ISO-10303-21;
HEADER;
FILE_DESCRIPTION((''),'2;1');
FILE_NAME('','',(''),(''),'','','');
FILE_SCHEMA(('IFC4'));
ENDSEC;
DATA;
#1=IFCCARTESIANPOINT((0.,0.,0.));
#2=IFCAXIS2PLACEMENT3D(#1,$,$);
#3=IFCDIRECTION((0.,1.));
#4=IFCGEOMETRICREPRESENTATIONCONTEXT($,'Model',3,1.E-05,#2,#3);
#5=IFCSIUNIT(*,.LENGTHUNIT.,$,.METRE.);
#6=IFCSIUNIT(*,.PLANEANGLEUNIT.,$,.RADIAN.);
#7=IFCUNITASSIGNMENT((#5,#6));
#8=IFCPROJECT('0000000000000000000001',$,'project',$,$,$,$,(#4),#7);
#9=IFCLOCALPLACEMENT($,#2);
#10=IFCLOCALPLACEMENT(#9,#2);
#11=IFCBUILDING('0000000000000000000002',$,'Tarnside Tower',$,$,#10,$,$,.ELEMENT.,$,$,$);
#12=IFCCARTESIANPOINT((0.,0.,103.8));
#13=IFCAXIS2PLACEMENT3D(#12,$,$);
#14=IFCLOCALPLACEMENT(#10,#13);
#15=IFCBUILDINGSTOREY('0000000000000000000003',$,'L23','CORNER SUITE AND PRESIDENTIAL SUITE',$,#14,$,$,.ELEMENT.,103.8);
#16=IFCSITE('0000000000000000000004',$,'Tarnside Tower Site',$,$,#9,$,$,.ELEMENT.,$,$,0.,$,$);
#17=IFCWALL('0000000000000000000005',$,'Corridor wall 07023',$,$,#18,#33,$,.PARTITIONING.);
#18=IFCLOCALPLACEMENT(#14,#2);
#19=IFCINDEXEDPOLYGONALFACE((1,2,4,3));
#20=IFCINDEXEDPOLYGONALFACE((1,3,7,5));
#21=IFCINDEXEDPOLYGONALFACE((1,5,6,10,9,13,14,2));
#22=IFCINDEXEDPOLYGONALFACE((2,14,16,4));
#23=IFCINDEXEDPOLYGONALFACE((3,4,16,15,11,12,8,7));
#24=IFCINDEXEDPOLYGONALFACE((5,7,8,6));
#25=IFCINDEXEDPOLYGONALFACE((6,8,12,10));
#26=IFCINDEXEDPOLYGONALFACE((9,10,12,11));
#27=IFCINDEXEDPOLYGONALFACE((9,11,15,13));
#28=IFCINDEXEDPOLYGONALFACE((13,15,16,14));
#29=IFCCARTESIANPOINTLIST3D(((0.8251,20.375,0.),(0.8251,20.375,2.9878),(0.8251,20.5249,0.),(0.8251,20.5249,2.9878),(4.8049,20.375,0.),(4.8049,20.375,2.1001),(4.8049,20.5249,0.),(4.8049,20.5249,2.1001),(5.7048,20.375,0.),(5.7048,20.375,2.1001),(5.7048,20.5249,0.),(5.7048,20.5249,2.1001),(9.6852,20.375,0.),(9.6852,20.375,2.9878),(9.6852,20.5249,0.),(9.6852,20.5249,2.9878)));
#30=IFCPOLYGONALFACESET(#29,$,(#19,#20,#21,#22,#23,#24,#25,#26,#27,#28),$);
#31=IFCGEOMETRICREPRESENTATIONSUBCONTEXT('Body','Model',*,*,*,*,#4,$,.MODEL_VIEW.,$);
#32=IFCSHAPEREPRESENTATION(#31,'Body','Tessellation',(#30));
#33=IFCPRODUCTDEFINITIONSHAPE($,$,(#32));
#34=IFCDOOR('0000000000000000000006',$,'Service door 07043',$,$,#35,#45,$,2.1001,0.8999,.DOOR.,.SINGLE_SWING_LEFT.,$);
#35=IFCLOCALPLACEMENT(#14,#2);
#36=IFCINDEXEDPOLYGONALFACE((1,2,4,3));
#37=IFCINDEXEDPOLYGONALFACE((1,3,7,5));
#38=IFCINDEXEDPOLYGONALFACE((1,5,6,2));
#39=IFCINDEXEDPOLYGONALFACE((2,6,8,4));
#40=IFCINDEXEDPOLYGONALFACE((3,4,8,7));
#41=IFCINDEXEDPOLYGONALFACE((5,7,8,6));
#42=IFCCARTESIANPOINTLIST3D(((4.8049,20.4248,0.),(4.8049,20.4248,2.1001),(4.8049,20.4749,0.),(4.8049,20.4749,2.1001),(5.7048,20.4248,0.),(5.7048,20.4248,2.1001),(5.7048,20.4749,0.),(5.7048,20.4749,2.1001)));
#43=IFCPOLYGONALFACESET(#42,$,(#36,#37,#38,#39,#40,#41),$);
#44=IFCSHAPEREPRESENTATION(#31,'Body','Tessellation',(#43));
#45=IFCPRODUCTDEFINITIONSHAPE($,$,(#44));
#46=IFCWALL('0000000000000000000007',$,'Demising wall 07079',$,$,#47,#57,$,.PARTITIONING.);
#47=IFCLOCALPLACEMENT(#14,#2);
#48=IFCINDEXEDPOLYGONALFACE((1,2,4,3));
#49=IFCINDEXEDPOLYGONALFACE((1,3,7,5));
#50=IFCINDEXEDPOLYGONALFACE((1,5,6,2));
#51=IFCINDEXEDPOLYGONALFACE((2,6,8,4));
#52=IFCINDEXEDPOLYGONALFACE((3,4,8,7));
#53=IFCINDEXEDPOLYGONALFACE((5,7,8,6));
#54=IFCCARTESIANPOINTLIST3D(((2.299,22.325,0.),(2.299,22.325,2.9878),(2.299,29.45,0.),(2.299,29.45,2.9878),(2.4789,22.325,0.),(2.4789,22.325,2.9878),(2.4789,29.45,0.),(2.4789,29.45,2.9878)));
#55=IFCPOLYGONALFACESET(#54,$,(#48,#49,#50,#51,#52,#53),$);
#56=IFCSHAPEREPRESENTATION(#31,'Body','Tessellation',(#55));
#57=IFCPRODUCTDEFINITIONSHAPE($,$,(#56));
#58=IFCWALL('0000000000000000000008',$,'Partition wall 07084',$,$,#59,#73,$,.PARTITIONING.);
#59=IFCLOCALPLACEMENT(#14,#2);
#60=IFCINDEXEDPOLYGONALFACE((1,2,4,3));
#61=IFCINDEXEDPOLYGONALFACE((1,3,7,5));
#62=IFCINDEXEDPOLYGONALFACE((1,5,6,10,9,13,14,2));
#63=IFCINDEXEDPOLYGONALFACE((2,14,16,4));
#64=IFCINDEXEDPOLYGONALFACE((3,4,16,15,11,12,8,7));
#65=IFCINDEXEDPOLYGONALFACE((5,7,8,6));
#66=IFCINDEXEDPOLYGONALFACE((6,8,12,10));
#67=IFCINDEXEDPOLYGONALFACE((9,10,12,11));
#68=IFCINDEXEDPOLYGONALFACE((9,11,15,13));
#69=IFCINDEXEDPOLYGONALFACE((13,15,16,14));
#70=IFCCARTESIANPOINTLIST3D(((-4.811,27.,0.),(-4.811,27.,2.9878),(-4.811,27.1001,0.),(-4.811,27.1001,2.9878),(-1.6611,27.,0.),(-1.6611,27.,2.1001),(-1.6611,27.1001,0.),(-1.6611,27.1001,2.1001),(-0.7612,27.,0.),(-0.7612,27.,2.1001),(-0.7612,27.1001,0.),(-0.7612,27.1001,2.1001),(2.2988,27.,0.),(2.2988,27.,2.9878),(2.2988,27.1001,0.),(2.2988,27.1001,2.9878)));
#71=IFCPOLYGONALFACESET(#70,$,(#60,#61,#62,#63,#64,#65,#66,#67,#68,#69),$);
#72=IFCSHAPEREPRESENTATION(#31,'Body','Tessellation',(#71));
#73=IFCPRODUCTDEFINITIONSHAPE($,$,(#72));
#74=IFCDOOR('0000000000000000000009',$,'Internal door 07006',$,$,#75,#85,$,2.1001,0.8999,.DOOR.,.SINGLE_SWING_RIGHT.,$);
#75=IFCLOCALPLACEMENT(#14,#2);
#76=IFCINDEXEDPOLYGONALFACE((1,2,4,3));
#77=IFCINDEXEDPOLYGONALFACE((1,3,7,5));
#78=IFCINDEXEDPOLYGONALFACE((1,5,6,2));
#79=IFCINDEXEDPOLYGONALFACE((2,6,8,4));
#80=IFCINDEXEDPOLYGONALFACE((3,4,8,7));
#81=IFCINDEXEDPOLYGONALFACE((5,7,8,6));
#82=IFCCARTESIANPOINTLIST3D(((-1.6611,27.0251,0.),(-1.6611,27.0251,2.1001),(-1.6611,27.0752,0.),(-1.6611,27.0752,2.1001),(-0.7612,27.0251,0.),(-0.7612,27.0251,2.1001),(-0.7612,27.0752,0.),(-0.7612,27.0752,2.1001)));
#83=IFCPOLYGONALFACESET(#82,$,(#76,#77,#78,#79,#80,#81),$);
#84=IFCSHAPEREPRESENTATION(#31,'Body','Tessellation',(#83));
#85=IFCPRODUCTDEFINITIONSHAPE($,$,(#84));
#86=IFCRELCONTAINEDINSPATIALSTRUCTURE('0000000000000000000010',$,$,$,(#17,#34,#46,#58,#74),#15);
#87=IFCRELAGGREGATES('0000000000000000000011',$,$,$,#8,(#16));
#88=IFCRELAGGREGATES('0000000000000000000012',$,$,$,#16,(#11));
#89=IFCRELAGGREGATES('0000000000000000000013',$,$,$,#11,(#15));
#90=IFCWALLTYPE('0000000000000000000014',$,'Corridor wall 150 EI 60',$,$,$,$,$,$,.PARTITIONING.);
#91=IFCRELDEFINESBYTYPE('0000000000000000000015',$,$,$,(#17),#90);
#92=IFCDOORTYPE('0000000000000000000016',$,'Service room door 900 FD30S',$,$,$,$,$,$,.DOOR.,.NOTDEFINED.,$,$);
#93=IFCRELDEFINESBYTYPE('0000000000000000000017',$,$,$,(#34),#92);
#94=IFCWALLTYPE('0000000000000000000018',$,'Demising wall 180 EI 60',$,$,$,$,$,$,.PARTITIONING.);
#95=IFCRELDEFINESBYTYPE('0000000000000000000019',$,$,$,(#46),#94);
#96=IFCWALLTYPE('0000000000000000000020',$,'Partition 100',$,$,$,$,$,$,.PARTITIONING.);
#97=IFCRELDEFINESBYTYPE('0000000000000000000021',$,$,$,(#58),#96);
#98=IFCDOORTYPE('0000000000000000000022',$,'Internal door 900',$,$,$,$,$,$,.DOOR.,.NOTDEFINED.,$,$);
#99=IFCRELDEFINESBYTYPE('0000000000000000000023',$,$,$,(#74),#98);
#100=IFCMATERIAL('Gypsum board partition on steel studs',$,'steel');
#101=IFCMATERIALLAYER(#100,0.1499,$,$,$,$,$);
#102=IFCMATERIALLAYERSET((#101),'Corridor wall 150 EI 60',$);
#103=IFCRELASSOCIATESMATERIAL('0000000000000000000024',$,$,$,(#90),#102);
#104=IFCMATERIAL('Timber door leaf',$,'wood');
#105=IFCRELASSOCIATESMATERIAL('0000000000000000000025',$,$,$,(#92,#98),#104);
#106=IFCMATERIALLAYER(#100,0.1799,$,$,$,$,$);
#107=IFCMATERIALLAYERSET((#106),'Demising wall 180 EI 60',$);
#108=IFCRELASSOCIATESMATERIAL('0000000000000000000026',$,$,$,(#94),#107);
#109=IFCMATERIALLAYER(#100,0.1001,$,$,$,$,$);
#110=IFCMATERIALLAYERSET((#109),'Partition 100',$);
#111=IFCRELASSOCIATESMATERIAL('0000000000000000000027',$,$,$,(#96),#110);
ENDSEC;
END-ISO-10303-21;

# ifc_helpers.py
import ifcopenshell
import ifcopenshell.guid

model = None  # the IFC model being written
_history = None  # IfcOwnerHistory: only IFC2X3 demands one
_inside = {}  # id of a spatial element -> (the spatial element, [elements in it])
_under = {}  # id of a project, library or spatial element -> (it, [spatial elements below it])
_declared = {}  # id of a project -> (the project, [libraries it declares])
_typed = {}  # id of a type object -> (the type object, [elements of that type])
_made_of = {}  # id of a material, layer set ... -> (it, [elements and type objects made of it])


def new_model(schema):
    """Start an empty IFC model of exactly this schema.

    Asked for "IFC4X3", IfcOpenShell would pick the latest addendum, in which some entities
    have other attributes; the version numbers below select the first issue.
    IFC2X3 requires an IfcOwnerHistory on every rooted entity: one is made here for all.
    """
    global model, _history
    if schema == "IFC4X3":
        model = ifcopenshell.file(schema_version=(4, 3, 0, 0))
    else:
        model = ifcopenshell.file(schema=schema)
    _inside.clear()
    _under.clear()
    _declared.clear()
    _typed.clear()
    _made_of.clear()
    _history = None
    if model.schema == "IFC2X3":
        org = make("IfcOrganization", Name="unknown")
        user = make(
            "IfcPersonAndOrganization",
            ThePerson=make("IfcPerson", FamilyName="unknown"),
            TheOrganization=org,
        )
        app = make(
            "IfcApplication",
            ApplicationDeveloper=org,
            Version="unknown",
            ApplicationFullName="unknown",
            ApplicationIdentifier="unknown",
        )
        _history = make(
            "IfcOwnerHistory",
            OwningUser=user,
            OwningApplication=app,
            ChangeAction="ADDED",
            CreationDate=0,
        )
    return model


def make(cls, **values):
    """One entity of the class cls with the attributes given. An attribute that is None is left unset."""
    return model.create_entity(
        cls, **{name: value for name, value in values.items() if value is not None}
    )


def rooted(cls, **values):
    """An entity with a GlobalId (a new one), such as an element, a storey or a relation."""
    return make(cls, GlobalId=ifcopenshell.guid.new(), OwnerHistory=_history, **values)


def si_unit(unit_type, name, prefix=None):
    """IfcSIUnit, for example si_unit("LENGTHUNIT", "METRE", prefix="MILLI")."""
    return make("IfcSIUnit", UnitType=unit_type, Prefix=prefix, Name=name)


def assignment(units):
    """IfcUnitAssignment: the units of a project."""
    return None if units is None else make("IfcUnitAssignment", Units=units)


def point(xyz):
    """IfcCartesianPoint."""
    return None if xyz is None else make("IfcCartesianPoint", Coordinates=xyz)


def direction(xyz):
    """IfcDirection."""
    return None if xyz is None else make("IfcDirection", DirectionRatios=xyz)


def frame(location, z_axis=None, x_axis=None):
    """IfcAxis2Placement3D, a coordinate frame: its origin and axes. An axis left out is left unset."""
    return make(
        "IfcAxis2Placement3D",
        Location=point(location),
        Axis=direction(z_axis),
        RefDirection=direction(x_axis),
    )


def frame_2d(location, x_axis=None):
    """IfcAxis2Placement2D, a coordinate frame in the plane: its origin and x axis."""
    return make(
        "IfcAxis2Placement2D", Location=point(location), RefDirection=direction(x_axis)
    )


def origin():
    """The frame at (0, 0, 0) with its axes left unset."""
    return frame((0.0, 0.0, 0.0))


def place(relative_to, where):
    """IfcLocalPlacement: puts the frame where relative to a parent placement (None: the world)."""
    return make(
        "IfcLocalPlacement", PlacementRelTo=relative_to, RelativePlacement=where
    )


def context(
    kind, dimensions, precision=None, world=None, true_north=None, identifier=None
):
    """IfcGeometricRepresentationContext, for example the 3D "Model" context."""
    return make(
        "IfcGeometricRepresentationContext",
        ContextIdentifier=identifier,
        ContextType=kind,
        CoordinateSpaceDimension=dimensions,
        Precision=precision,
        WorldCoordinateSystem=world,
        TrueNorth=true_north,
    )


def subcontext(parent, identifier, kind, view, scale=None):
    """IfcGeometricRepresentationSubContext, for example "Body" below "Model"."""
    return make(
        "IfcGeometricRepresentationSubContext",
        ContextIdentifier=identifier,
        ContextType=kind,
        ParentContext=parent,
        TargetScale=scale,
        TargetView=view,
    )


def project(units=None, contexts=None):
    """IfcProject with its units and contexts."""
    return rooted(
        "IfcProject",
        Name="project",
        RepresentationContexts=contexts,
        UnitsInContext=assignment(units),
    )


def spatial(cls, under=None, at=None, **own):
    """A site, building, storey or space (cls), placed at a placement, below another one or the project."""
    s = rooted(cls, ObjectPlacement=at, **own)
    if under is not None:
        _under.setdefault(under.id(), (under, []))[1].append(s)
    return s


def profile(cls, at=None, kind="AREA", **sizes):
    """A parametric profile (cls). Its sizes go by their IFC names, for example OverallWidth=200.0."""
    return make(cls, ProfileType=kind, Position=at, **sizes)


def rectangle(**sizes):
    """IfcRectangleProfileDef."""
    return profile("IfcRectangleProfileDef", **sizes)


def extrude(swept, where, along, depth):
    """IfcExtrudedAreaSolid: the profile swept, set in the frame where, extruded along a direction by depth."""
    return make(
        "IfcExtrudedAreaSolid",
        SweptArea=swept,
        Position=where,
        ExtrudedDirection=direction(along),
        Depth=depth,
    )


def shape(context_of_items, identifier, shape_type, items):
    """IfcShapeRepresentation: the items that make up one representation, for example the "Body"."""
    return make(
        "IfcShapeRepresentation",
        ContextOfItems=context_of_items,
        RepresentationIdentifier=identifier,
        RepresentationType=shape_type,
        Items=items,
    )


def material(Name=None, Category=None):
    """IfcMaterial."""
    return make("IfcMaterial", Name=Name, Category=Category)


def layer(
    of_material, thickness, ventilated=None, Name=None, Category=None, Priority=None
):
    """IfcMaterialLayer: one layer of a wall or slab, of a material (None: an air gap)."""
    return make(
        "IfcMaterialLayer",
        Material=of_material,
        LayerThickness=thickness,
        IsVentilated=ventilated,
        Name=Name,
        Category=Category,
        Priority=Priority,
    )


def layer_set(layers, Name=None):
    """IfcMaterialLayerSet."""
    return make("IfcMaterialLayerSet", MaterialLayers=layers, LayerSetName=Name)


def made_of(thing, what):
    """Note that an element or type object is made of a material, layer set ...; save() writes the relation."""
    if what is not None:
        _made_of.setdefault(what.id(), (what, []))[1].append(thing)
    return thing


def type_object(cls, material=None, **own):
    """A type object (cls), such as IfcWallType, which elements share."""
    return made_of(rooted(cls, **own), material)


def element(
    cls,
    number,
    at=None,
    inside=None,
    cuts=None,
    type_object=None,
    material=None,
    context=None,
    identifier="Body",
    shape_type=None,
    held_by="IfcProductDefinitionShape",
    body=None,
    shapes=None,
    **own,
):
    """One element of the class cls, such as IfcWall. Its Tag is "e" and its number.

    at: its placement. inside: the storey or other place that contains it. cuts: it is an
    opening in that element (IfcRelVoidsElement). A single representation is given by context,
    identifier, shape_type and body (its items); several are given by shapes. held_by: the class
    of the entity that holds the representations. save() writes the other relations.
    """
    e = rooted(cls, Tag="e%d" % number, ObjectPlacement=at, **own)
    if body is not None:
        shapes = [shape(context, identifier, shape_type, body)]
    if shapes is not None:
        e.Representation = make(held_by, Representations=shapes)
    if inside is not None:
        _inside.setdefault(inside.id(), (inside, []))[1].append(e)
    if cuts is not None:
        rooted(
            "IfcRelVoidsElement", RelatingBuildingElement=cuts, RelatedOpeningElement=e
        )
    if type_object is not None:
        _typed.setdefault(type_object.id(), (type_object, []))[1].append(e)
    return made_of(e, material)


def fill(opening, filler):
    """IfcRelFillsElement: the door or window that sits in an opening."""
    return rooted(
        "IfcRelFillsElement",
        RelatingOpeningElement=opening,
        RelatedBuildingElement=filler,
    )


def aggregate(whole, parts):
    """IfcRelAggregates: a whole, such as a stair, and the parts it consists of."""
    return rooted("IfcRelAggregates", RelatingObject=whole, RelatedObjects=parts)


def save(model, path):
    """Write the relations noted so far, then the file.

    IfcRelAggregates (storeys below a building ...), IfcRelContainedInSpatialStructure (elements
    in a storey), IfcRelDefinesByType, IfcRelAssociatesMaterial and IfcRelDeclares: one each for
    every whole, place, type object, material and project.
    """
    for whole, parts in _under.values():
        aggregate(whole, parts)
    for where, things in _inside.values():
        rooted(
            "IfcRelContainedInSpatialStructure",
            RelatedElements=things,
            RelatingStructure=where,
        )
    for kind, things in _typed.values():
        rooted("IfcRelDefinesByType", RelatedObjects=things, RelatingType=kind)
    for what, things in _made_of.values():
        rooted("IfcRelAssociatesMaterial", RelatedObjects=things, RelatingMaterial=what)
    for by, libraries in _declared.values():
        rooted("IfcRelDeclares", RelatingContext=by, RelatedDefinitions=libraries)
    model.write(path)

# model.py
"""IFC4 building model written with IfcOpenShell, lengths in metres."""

from ifc_helpers import new_model, si_unit, direction, frame, frame_2d, origin, place, context, subcontext, project, spatial, rectangle, extrude, material, layer, layer_set, type_object, element, fill, save


model = new_model("IFC4")

# Units and contexts
model_context = context("Model", 3, precision=1e-05, world=origin(), true_north=direction((0.0, 1.0)))
body_context = subcontext(model_context, "Body", "Model", "MODEL_VIEW")
ifc_project = project(units=[si_unit("LENGTHUNIT", "METRE"), si_unit("PLANEANGLEUNIT", "RADIAN")], contexts=[model_context])

# Site, building, storey
site_placement = place(None, origin())
site = spatial("IfcSite", under=ifc_project, at=site_placement, Name="Tarnside Tower Site", CompositionType="ELEMENT", RefElevation=0.0)
building_placement = place(site_placement, origin())
building = spatial("IfcBuilding", under=site, at=building_placement, Name="Tarnside Tower", CompositionType="ELEMENT")
storey_placement = place(building_placement, frame((0.0, 0.0, 103.8)))
storey = spatial("IfcBuildingStorey", under=building, at=storey_placement, Name="L23", Description="CORNER SUITE AND PRESIDENTIAL SUITE", CompositionType="ELEMENT", Elevation=103.8)

# Shared definitions
ifc_material_1 = material(Name="Gypsum board partition on steel studs", Category="steel")
ifc_material_2 = material(Name="Timber door leaf", Category="wood")

# Wall, opening, door
ifc_layer_1 = layer(ifc_material_1, 0.1499)
ifc_layer_set_1 = layer_set([ifc_layer_1], Name="Corridor wall 150 EI 60")
wall_type_1 = type_object("IfcWallType", Name="Corridor wall 150 EI 60", PredefinedType="PARTITIONING", material=ifc_layer_set_1)
wall_1_placement = place(storey_placement, frame((0.825, 20.45, 0.0), z_axis=(0.0, 0.0, 1.0), x_axis=(1.0, 0.0, 0.0)))
wall_1 = element("IfcWall", 1, at=wall_1_placement, inside=storey, type_object=wall_type_1, Name="Corridor wall 07023", PredefinedType="PARTITIONING", context=body_context, shape_type="SweptSolid", body=[
    extrude(rectangle(XDim=8.8601, YDim=0.1499, at=frame_2d((4.4302, 0.0))), origin(), (0.0, 0.0, 1.0), 2.9878),
])
opening_1_placement = place(wall_1_placement, frame((3.98, 0.0, 0.0)))
opening_1 = element("IfcOpeningElement", 2, at=opening_1_placement, cuts=wall_1, PredefinedType="OPENING", context=body_context, shape_type="SweptSolid", body=[
    extrude(rectangle(XDim=0.8999, YDim=2.1001, at=frame_2d((0.45, 1.05))), frame((0.0, 0.085, 0.0), z_axis=(0.0, -1.0, 0.0), x_axis=(1.0, 0.0, 0.0)), (0.0, 0.0, 1.0), 0.1699),
])
door_type_1 = type_object("IfcDoorType", Name="Service room door 900 FD30S", OperationType="NOTDEFINED", PredefinedType="DOOR", material=ifc_material_2)
door_1_placement = place(opening_1_placement, origin())
door_1 = element("IfcDoor", 3, at=door_1_placement, inside=storey, type_object=door_type_1, Name="Service door 07043", OperationType="SINGLE_SWING_LEFT", OverallHeight=2.1001, OverallWidth=0.8999, PredefinedType="DOOR", context=body_context, shape_type="SweptSolid", body=[
    extrude(rectangle(XDim=0.8999, YDim=2.1001, at=frame_2d((0.45, 1.05))), frame((0.0, 0.0249, 0.0), z_axis=(0.0, -1.0, 0.0), x_axis=(1.0, 0.0, 0.0)), (0.0, 0.0, 1.0), 0.05),
])
fill(opening_1, door_1)

# Wall
ifc_layer_2 = layer(ifc_material_1, 0.1799)
ifc_layer_set_2 = layer_set([ifc_layer_2], Name="Demising wall 180 EI 60")
wall_type_2 = type_object("IfcWallType", Name="Demising wall 180 EI 60", PredefinedType="PARTITIONING", material=ifc_layer_set_2)
wall_2_placement = place(storey_placement, frame((2.3889, 29.45, 0.0), z_axis=(0.0, 0.0, 1.0), x_axis=(0.0, -1.0, 0.0)))
element("IfcWall", 4, at=wall_2_placement, inside=storey, type_object=wall_type_2, Name="Demising wall 07079", PredefinedType="PARTITIONING", context=body_context, shape_type="SweptSolid", body=[
    extrude(rectangle(XDim=7.125, YDim=0.1799, at=frame_2d((3.5625, 0.0))), origin(), (0.0, 0.0, 1.0), 2.9878),
])

# Wall, opening, door
ifc_layer_3 = layer(ifc_material_1, 0.1001)
ifc_layer_set_3 = layer_set([ifc_layer_3], Name="Partition 100")
wall_type_3 = type_object("IfcWallType", Name="Partition 100", PredefinedType="PARTITIONING", material=ifc_layer_set_3)
wall_3_placement = place(storey_placement, frame((2.2988, 27.05, 0.0), z_axis=(0.0, 0.0, 1.0), x_axis=(-1.0, 0.0, 0.0)))
wall_3 = element("IfcWall", 5, at=wall_3_placement, inside=storey, type_object=wall_type_3, Name="Partition wall 07084", PredefinedType="PARTITIONING", context=body_context, shape_type="SweptSolid", body=[
    extrude(rectangle(XDim=7.1099, YDim=0.1001, at=frame_2d((3.5549, 0.0))), origin(), (0.0, 0.0, 1.0), 2.9878),
])
opening_2_placement = place(wall_3_placement, frame((3.0601, 0.0, 0.0)))
opening_2 = element("IfcOpeningElement", 6, at=opening_2_placement, cuts=wall_3, PredefinedType="OPENING", context=body_context, shape_type="SweptSolid", body=[
    extrude(rectangle(XDim=0.8999, YDim=2.1001, at=frame_2d((0.45, 1.05))), frame((0.0, 0.0601, 0.0), z_axis=(0.0, -1.0, 0.0), x_axis=(1.0, 0.0, 0.0)), (0.0, 0.0, 1.0), 0.1201),
])
door_type_2 = type_object("IfcDoorType", Name="Internal door 900", OperationType="NOTDEFINED", PredefinedType="DOOR", material=ifc_material_2)
door_2_placement = place(opening_2_placement, origin())
door_2 = element("IfcDoor", 7, at=door_2_placement, inside=storey, type_object=door_type_2, Name="Internal door 07006", OperationType="SINGLE_SWING_RIGHT", OverallHeight=2.1001, OverallWidth=0.8999, PredefinedType="DOOR", context=body_context, shape_type="SweptSolid", body=[
    extrude(rectangle(XDim=0.8999, YDim=2.1001, at=frame_2d((0.45, 1.05))), frame((0.0, 0.0249, 0.0), z_axis=(0.0, -1.0, 0.0), x_axis=(1.0, 0.0, 0.0)), (0.0, 0.0, 1.0), 0.05),
])
fill(opening_2, door_2)

save(model, "model.ifc")
